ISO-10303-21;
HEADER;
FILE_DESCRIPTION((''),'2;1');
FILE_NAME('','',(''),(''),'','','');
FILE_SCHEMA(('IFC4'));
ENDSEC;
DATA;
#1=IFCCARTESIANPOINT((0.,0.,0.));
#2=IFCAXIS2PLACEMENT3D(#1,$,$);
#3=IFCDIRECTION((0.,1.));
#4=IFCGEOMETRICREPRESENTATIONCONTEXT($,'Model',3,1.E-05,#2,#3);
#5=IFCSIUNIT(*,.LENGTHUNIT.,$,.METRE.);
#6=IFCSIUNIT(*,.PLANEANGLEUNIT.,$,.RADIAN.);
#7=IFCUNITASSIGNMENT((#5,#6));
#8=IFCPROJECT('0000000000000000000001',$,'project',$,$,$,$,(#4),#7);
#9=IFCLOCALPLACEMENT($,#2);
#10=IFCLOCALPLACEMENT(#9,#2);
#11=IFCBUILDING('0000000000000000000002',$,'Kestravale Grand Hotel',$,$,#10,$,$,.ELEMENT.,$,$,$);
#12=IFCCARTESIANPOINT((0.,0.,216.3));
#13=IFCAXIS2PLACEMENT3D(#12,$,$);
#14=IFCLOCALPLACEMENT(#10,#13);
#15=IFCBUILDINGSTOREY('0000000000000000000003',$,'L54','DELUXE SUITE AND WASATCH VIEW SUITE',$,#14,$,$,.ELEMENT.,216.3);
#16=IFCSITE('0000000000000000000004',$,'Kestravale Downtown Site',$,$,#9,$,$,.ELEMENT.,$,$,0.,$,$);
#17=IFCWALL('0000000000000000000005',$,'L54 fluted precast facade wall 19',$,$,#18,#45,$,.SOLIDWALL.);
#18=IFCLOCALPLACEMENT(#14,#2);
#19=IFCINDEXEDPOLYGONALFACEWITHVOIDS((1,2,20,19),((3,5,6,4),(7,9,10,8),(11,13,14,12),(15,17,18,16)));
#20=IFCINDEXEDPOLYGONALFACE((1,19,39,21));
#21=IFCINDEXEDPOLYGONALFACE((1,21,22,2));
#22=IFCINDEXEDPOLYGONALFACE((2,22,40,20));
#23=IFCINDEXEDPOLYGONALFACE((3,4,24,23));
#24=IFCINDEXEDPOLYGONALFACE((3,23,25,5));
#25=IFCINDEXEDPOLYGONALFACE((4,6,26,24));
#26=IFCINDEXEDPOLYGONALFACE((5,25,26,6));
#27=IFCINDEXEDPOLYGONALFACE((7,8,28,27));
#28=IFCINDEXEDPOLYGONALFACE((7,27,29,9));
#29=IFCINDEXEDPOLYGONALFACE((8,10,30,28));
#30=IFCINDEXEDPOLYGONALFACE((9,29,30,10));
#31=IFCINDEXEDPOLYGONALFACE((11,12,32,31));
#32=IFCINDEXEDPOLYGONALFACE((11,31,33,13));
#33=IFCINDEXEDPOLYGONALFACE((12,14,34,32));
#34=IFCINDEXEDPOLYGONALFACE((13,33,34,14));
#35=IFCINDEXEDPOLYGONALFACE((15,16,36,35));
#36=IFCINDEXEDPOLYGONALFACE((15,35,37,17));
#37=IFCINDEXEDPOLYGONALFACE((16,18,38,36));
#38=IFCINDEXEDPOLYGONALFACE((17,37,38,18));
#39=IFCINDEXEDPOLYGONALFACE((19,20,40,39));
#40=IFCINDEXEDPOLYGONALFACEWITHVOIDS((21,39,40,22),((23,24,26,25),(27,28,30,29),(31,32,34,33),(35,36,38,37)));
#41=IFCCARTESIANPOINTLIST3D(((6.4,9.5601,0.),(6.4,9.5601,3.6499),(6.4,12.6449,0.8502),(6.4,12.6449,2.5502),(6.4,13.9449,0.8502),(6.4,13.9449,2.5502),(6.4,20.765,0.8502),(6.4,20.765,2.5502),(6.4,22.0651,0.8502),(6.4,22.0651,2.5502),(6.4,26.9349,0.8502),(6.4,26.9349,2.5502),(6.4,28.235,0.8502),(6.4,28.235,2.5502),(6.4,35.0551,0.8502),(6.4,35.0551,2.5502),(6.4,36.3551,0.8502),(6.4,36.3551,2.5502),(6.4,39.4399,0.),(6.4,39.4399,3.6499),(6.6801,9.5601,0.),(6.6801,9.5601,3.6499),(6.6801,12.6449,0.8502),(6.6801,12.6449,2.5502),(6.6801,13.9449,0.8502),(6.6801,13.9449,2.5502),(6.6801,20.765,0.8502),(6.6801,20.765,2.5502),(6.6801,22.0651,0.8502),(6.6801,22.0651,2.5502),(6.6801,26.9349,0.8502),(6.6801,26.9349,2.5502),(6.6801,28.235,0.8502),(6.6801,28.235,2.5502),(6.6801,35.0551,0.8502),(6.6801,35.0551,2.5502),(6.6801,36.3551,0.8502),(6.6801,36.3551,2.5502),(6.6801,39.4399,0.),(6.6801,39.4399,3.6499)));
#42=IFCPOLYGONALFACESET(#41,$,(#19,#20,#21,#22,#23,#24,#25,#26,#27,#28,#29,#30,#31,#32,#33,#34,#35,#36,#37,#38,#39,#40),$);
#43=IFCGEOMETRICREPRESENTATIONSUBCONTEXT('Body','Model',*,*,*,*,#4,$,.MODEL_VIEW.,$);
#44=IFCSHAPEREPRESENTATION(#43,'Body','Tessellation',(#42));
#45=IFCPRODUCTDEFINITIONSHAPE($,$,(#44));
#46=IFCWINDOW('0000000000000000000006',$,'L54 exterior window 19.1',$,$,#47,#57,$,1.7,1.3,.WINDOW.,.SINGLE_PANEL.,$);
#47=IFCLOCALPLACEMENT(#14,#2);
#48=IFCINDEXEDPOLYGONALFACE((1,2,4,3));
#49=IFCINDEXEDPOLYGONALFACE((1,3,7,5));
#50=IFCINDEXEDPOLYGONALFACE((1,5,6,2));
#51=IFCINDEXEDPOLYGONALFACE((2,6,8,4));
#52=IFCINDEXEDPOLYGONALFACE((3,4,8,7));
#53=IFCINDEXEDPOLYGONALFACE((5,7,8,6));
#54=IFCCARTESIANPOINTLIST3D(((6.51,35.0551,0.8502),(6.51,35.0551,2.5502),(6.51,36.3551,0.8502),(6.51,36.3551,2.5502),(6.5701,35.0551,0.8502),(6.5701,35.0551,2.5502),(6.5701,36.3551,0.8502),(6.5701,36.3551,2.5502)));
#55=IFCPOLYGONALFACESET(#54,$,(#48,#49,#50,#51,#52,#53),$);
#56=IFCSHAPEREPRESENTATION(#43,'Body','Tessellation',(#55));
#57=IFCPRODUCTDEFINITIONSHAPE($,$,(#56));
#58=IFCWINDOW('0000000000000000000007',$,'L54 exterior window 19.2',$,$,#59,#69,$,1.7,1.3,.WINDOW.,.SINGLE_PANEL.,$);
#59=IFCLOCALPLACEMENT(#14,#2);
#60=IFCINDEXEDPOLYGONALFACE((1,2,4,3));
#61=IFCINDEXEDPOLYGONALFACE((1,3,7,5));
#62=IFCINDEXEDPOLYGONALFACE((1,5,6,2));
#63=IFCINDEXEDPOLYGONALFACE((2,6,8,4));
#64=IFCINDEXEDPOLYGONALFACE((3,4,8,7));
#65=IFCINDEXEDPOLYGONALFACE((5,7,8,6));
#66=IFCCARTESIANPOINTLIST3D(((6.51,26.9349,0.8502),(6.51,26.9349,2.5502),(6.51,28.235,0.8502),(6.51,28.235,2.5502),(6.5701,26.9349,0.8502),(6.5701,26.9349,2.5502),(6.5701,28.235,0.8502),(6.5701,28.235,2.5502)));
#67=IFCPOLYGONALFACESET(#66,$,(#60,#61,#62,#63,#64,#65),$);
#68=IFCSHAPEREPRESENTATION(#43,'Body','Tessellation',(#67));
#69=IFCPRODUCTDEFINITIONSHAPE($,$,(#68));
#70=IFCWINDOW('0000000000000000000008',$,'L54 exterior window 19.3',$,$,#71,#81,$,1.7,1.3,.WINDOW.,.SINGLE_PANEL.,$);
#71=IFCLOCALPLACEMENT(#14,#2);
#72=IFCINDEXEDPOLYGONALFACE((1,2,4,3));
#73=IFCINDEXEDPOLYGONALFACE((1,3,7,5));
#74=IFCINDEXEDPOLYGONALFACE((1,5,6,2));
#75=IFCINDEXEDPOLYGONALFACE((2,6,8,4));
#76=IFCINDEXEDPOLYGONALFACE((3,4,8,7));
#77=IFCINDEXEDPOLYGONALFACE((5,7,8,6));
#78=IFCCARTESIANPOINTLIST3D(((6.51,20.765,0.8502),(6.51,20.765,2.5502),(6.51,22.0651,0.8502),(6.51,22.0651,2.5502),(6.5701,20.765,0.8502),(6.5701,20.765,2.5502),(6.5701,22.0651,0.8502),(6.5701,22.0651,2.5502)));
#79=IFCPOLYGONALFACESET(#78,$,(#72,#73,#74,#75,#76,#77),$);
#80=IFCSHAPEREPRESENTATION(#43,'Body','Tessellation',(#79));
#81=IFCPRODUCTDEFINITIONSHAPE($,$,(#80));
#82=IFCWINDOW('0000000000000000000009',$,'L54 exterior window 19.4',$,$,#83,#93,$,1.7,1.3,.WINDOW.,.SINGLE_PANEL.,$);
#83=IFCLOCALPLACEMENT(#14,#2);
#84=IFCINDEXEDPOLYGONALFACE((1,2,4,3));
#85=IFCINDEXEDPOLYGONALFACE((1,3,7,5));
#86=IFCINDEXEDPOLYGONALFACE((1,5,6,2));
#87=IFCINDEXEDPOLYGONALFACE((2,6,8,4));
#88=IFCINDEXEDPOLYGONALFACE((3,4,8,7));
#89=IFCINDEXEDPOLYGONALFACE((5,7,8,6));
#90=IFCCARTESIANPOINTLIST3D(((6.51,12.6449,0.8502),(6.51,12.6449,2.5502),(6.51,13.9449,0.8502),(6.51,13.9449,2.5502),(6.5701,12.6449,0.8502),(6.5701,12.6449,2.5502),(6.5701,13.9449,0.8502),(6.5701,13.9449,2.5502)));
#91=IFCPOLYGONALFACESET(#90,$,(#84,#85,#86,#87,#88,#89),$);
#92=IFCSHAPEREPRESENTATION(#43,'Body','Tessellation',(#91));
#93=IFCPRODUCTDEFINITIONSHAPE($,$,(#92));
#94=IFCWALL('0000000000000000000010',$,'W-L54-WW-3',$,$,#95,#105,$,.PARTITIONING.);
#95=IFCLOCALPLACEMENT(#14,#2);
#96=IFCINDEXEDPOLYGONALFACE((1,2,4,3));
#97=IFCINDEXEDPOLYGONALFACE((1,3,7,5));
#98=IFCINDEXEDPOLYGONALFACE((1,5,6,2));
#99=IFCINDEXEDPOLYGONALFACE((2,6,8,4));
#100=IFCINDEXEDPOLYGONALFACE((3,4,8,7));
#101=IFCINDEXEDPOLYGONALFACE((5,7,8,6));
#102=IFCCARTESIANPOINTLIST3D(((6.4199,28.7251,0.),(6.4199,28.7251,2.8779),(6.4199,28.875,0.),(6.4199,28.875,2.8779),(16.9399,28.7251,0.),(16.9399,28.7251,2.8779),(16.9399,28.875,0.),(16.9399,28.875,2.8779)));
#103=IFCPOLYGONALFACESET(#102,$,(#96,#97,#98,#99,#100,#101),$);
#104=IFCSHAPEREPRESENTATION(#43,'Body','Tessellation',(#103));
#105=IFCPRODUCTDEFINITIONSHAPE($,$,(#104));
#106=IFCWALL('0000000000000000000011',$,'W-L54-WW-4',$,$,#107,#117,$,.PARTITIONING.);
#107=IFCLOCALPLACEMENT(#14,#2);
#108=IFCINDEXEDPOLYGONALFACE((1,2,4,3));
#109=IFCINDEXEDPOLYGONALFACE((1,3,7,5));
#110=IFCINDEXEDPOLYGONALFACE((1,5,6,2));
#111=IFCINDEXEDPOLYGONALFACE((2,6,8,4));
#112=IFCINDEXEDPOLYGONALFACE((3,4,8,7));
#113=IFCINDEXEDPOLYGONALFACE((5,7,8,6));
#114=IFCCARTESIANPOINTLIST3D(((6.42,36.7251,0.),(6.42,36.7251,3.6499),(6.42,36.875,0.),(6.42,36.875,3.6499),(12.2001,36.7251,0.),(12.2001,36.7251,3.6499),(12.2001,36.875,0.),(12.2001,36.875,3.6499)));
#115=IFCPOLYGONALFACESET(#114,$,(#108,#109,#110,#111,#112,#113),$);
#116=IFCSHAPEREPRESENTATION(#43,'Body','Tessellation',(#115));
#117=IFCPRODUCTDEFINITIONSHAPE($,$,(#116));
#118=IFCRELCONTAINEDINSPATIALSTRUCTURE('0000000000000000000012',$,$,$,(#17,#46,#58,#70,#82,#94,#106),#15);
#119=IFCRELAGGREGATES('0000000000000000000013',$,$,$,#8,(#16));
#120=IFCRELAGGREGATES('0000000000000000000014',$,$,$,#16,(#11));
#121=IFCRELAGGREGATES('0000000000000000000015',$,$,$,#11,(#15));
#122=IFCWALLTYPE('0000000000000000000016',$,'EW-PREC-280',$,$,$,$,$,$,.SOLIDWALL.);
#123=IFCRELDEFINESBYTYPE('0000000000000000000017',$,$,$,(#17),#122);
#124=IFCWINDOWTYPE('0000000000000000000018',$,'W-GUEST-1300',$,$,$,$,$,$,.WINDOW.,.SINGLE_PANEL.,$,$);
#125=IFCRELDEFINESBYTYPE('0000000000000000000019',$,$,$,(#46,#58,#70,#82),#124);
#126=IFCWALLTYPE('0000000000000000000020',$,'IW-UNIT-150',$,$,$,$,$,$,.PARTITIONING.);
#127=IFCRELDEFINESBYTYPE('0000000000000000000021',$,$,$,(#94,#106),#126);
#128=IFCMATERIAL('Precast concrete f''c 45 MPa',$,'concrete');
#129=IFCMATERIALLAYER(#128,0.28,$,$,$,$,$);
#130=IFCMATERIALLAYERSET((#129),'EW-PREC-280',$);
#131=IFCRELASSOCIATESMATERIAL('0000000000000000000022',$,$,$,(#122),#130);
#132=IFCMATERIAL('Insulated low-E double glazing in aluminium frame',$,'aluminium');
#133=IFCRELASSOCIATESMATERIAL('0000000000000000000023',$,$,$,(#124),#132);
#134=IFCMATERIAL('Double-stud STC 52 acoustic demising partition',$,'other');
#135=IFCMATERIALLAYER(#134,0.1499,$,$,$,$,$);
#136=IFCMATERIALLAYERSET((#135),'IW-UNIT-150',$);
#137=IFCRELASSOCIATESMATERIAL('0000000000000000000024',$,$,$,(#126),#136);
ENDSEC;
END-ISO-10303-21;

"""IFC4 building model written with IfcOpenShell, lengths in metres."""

from ifc_helpers import new_model, si_unit, direction, frame, frame_2d, origin, place, context, subcontext, project, spatial, rectangle, extrude, material, layer, layer_set, type_object, element, fill, save


model = new_model("IFC4")

# Units and contexts
model_context = context("Model", 3, precision=1e-05, world=origin(), true_north=direction((0.0, 1.0)))
body_context = subcontext(model_context, "Body", "Model", "MODEL_VIEW")
ifc_project = project(units=[si_unit("LENGTHUNIT", "METRE"), si_unit("PLANEANGLEUNIT", "RADIAN")], contexts=[model_context])

# Site, building, storey
site_placement = place(None, origin())
site = spatial("IfcSite", under=ifc_project, at=site_placement, Name="Kestravale Downtown Site", CompositionType="ELEMENT", RefElevation=0.0)
building_placement = place(site_placement, origin())
building = spatial("IfcBuilding", under=site, at=building_placement, Name="Kestravale Grand Hotel", CompositionType="ELEMENT")
storey_placement = place(building_placement, frame((0.0, 0.0, 216.3)))
storey = spatial("IfcBuildingStorey", under=building, at=storey_placement, Name="L54", Description="DELUXE SUITE AND WASATCH VIEW SUITE", CompositionType="ELEMENT", Elevation=216.3)

# Wall, openings, windows
ifc_material_1 = material(Name="Precast concrete f'c 45 MPa", Category="concrete")
ifc_layer_1 = layer(ifc_material_1, 0.28)
ifc_layer_set_1 = layer_set([ifc_layer_1], Name="EW-PREC-280")
wall_type_1 = type_object("IfcWallType", Name="EW-PREC-280", PredefinedType="SOLIDWALL", material=ifc_layer_set_1)
wall_1_placement = place(storey_placement, frame((6.54, 39.4399, 0.0), z_axis=(0.0, 0.0, 1.0), x_axis=(0.0, -1.0, 0.0)))
wall_1 = element("IfcWall", 1, at=wall_1_placement, inside=storey, type_object=wall_type_1, Name="L54 fluted precast facade wall 19", PredefinedType="SOLIDWALL", context=body_context, shape_type="SweptSolid", body=[
    extrude(rectangle(XDim=29.8799, YDim=0.28, at=frame_2d((14.9399, 0.0))), origin(), (0.0, 0.0, 1.0), 3.6499),
])
opening_1_placement = place(wall_1_placement, frame((3.085, 0.0, 0.8501)))
opening_1 = element("IfcOpeningElement", 2, at=opening_1_placement, cuts=wall_1, PredefinedType="OPENING", context=body_context, shape_type="SweptSolid", body=[
    extrude(rectangle(XDim=1.3, YDim=1.7, at=frame_2d((0.6499, 0.8501))), frame((0.0, 0.1499, 0.0), z_axis=(0.0, -1.0, 0.0), x_axis=(1.0, 0.0, 0.0)), (0.0, 0.0, 1.0), 0.3),
])
opening_2_placement = place(wall_1_placement, frame((11.2051, 0.0, 0.8501)))
opening_2 = element("IfcOpeningElement", 3, at=opening_2_placement, cuts=wall_1, PredefinedType="OPENING", context=body_context, shape_type="SweptSolid", body=[
    extrude(rectangle(XDim=1.3, YDim=1.7, at=frame_2d((0.6499, 0.8501))), frame((0.0, 0.1499, 0.0), z_axis=(0.0, -1.0, 0.0), x_axis=(1.0, 0.0, 0.0)), (0.0, 0.0, 1.0), 0.3),
])
opening_3_placement = place(wall_1_placement, frame((17.375, 0.0, 0.8501)))
opening_3 = element("IfcOpeningElement", 4, at=opening_3_placement, cuts=wall_1, PredefinedType="OPENING", context=body_context, shape_type="SweptSolid", body=[
    extrude(rectangle(XDim=1.3, YDim=1.7, at=frame_2d((0.6499, 0.8501))), frame((0.0, 0.1499, 0.0), z_axis=(0.0, -1.0, 0.0), x_axis=(1.0, 0.0, 0.0)), (0.0, 0.0, 1.0), 0.3),
])
opening_4_placement = place(wall_1_placement, frame((25.4951, 0.0, 0.8501)))
opening_4 = element("IfcOpeningElement", 5, at=opening_4_placement, cuts=wall_1, PredefinedType="OPENING", context=body_context, shape_type="SweptSolid", body=[
    extrude(rectangle(XDim=1.3, YDim=1.7, at=frame_2d((0.6499, 0.8501))), frame((0.0, 0.1499, 0.0), z_axis=(0.0, -1.0, 0.0), x_axis=(1.0, 0.0, 0.0)), (0.0, 0.0, 1.0), 0.3),
])
ifc_material_2 = material(Name="Insulated low-E double glazing in aluminium frame", Category="aluminium")
window_type = type_object("IfcWindowType", Name="W-GUEST-1300", PartitioningType="SINGLE_PANEL", PredefinedType="WINDOW", material=ifc_material_2)
window_1_placement = place(opening_1_placement, origin())
window_1 = element("IfcWindow", 6, at=window_1_placement, inside=storey, type_object=window_type, Name="L54 exterior window 19.1", OverallHeight=1.7, OverallWidth=1.3, PartitioningType="SINGLE_PANEL", PredefinedType="WINDOW", context=body_context, shape_type="SweptSolid", body=[
    extrude(rectangle(XDim=1.3, YDim=1.7, at=frame_2d((0.6499, 0.8501))), frame((0.0, 0.03, 0.0), z_axis=(0.0, -1.0, 0.0), x_axis=(1.0, 0.0, 0.0)), (0.0, 0.0, 1.0), 0.0601),
])
fill(opening_1, window_1)
window_2_placement = place(opening_2_placement, origin())
window_2 = element("IfcWindow", 7, at=window_2_placement, inside=storey, type_object=window_type, Name="L54 exterior window 19.2", OverallHeight=1.7, OverallWidth=1.3, PartitioningType="SINGLE_PANEL", PredefinedType="WINDOW", context=body_context, shape_type="SweptSolid", body=[
    extrude(rectangle(XDim=1.3, YDim=1.7, at=frame_2d((0.6499, 0.8501))), frame((0.0, 0.03, 0.0), z_axis=(0.0, -1.0, 0.0), x_axis=(1.0, 0.0, 0.0)), (0.0, 0.0, 1.0), 0.0601),
])
fill(opening_2, window_2)
window_3_placement = place(opening_3_placement, origin())
window_3 = element("IfcWindow", 8, at=window_3_placement, inside=storey, type_object=window_type, Name="L54 exterior window 19.3", OverallHeight=1.7, OverallWidth=1.3, PartitioningType="SINGLE_PANEL", PredefinedType="WINDOW", context=body_context, shape_type="SweptSolid", body=[
    extrude(rectangle(XDim=1.3, YDim=1.7, at=frame_2d((0.6499, 0.8501))), frame((0.0, 0.03, 0.0), z_axis=(0.0, -1.0, 0.0), x_axis=(1.0, 0.0, 0.0)), (0.0, 0.0, 1.0), 0.0601),
])
fill(opening_3, window_3)
window_4_placement = place(opening_4_placement, origin())
window_4 = element("IfcWindow", 9, at=window_4_placement, inside=storey, type_object=window_type, Name="L54 exterior window 19.4", OverallHeight=1.7, OverallWidth=1.3, PartitioningType="SINGLE_PANEL", PredefinedType="WINDOW", context=body_context, shape_type="SweptSolid", body=[
    extrude(rectangle(XDim=1.3, YDim=1.7, at=frame_2d((0.6499, 0.8501))), frame((0.0, 0.03, 0.0), z_axis=(0.0, -1.0, 0.0), x_axis=(1.0, 0.0, 0.0)), (0.0, 0.0, 1.0), 0.0601),
])
fill(opening_4, window_4)

# Walls
ifc_material_3 = material(Name="Double-stud STC 52 acoustic demising partition", Category="other")
ifc_layer_2 = layer(ifc_material_3, 0.1499)
ifc_layer_set_2 = layer_set([ifc_layer_2], Name="IW-UNIT-150")
wall_type_2 = type_object("IfcWallType", Name="IW-UNIT-150", PredefinedType="PARTITIONING", material=ifc_layer_set_2)
wall_2_placement = place(storey_placement, frame((6.4199, 28.8, 0.0), z_axis=(0.0, 0.0, 1.0), x_axis=(1.0, 0.0, 0.0)))
element("IfcWall", 10, at=wall_2_placement, inside=storey, type_object=wall_type_2, Name="W-L54-WW-3", PredefinedType="PARTITIONING", context=body_context, shape_type="SweptSolid", body=[
    extrude(rectangle(XDim=10.52, YDim=0.1499, at=frame_2d((5.26, 0.0))), origin(), (0.0, 0.0, 1.0), 2.8779),
])
wall_3_placement = place(storey_placement, frame((6.4199, 36.8, 0.0), z_axis=(0.0, 0.0, 1.0), x_axis=(1.0, 0.0, 0.0)))
element("IfcWall", 11, at=wall_3_placement, inside=storey, type_object=wall_type_2, Name="W-L54-WW-4", PredefinedType="PARTITIONING", context=body_context, shape_type="SweptSolid", body=[
    extrude(rectangle(XDim=5.78, YDim=0.1499, at=frame_2d((2.8901, 0.0))), origin(), (0.0, 0.0, 1.0), 3.6499),
])

save(model, "model.ifc")
